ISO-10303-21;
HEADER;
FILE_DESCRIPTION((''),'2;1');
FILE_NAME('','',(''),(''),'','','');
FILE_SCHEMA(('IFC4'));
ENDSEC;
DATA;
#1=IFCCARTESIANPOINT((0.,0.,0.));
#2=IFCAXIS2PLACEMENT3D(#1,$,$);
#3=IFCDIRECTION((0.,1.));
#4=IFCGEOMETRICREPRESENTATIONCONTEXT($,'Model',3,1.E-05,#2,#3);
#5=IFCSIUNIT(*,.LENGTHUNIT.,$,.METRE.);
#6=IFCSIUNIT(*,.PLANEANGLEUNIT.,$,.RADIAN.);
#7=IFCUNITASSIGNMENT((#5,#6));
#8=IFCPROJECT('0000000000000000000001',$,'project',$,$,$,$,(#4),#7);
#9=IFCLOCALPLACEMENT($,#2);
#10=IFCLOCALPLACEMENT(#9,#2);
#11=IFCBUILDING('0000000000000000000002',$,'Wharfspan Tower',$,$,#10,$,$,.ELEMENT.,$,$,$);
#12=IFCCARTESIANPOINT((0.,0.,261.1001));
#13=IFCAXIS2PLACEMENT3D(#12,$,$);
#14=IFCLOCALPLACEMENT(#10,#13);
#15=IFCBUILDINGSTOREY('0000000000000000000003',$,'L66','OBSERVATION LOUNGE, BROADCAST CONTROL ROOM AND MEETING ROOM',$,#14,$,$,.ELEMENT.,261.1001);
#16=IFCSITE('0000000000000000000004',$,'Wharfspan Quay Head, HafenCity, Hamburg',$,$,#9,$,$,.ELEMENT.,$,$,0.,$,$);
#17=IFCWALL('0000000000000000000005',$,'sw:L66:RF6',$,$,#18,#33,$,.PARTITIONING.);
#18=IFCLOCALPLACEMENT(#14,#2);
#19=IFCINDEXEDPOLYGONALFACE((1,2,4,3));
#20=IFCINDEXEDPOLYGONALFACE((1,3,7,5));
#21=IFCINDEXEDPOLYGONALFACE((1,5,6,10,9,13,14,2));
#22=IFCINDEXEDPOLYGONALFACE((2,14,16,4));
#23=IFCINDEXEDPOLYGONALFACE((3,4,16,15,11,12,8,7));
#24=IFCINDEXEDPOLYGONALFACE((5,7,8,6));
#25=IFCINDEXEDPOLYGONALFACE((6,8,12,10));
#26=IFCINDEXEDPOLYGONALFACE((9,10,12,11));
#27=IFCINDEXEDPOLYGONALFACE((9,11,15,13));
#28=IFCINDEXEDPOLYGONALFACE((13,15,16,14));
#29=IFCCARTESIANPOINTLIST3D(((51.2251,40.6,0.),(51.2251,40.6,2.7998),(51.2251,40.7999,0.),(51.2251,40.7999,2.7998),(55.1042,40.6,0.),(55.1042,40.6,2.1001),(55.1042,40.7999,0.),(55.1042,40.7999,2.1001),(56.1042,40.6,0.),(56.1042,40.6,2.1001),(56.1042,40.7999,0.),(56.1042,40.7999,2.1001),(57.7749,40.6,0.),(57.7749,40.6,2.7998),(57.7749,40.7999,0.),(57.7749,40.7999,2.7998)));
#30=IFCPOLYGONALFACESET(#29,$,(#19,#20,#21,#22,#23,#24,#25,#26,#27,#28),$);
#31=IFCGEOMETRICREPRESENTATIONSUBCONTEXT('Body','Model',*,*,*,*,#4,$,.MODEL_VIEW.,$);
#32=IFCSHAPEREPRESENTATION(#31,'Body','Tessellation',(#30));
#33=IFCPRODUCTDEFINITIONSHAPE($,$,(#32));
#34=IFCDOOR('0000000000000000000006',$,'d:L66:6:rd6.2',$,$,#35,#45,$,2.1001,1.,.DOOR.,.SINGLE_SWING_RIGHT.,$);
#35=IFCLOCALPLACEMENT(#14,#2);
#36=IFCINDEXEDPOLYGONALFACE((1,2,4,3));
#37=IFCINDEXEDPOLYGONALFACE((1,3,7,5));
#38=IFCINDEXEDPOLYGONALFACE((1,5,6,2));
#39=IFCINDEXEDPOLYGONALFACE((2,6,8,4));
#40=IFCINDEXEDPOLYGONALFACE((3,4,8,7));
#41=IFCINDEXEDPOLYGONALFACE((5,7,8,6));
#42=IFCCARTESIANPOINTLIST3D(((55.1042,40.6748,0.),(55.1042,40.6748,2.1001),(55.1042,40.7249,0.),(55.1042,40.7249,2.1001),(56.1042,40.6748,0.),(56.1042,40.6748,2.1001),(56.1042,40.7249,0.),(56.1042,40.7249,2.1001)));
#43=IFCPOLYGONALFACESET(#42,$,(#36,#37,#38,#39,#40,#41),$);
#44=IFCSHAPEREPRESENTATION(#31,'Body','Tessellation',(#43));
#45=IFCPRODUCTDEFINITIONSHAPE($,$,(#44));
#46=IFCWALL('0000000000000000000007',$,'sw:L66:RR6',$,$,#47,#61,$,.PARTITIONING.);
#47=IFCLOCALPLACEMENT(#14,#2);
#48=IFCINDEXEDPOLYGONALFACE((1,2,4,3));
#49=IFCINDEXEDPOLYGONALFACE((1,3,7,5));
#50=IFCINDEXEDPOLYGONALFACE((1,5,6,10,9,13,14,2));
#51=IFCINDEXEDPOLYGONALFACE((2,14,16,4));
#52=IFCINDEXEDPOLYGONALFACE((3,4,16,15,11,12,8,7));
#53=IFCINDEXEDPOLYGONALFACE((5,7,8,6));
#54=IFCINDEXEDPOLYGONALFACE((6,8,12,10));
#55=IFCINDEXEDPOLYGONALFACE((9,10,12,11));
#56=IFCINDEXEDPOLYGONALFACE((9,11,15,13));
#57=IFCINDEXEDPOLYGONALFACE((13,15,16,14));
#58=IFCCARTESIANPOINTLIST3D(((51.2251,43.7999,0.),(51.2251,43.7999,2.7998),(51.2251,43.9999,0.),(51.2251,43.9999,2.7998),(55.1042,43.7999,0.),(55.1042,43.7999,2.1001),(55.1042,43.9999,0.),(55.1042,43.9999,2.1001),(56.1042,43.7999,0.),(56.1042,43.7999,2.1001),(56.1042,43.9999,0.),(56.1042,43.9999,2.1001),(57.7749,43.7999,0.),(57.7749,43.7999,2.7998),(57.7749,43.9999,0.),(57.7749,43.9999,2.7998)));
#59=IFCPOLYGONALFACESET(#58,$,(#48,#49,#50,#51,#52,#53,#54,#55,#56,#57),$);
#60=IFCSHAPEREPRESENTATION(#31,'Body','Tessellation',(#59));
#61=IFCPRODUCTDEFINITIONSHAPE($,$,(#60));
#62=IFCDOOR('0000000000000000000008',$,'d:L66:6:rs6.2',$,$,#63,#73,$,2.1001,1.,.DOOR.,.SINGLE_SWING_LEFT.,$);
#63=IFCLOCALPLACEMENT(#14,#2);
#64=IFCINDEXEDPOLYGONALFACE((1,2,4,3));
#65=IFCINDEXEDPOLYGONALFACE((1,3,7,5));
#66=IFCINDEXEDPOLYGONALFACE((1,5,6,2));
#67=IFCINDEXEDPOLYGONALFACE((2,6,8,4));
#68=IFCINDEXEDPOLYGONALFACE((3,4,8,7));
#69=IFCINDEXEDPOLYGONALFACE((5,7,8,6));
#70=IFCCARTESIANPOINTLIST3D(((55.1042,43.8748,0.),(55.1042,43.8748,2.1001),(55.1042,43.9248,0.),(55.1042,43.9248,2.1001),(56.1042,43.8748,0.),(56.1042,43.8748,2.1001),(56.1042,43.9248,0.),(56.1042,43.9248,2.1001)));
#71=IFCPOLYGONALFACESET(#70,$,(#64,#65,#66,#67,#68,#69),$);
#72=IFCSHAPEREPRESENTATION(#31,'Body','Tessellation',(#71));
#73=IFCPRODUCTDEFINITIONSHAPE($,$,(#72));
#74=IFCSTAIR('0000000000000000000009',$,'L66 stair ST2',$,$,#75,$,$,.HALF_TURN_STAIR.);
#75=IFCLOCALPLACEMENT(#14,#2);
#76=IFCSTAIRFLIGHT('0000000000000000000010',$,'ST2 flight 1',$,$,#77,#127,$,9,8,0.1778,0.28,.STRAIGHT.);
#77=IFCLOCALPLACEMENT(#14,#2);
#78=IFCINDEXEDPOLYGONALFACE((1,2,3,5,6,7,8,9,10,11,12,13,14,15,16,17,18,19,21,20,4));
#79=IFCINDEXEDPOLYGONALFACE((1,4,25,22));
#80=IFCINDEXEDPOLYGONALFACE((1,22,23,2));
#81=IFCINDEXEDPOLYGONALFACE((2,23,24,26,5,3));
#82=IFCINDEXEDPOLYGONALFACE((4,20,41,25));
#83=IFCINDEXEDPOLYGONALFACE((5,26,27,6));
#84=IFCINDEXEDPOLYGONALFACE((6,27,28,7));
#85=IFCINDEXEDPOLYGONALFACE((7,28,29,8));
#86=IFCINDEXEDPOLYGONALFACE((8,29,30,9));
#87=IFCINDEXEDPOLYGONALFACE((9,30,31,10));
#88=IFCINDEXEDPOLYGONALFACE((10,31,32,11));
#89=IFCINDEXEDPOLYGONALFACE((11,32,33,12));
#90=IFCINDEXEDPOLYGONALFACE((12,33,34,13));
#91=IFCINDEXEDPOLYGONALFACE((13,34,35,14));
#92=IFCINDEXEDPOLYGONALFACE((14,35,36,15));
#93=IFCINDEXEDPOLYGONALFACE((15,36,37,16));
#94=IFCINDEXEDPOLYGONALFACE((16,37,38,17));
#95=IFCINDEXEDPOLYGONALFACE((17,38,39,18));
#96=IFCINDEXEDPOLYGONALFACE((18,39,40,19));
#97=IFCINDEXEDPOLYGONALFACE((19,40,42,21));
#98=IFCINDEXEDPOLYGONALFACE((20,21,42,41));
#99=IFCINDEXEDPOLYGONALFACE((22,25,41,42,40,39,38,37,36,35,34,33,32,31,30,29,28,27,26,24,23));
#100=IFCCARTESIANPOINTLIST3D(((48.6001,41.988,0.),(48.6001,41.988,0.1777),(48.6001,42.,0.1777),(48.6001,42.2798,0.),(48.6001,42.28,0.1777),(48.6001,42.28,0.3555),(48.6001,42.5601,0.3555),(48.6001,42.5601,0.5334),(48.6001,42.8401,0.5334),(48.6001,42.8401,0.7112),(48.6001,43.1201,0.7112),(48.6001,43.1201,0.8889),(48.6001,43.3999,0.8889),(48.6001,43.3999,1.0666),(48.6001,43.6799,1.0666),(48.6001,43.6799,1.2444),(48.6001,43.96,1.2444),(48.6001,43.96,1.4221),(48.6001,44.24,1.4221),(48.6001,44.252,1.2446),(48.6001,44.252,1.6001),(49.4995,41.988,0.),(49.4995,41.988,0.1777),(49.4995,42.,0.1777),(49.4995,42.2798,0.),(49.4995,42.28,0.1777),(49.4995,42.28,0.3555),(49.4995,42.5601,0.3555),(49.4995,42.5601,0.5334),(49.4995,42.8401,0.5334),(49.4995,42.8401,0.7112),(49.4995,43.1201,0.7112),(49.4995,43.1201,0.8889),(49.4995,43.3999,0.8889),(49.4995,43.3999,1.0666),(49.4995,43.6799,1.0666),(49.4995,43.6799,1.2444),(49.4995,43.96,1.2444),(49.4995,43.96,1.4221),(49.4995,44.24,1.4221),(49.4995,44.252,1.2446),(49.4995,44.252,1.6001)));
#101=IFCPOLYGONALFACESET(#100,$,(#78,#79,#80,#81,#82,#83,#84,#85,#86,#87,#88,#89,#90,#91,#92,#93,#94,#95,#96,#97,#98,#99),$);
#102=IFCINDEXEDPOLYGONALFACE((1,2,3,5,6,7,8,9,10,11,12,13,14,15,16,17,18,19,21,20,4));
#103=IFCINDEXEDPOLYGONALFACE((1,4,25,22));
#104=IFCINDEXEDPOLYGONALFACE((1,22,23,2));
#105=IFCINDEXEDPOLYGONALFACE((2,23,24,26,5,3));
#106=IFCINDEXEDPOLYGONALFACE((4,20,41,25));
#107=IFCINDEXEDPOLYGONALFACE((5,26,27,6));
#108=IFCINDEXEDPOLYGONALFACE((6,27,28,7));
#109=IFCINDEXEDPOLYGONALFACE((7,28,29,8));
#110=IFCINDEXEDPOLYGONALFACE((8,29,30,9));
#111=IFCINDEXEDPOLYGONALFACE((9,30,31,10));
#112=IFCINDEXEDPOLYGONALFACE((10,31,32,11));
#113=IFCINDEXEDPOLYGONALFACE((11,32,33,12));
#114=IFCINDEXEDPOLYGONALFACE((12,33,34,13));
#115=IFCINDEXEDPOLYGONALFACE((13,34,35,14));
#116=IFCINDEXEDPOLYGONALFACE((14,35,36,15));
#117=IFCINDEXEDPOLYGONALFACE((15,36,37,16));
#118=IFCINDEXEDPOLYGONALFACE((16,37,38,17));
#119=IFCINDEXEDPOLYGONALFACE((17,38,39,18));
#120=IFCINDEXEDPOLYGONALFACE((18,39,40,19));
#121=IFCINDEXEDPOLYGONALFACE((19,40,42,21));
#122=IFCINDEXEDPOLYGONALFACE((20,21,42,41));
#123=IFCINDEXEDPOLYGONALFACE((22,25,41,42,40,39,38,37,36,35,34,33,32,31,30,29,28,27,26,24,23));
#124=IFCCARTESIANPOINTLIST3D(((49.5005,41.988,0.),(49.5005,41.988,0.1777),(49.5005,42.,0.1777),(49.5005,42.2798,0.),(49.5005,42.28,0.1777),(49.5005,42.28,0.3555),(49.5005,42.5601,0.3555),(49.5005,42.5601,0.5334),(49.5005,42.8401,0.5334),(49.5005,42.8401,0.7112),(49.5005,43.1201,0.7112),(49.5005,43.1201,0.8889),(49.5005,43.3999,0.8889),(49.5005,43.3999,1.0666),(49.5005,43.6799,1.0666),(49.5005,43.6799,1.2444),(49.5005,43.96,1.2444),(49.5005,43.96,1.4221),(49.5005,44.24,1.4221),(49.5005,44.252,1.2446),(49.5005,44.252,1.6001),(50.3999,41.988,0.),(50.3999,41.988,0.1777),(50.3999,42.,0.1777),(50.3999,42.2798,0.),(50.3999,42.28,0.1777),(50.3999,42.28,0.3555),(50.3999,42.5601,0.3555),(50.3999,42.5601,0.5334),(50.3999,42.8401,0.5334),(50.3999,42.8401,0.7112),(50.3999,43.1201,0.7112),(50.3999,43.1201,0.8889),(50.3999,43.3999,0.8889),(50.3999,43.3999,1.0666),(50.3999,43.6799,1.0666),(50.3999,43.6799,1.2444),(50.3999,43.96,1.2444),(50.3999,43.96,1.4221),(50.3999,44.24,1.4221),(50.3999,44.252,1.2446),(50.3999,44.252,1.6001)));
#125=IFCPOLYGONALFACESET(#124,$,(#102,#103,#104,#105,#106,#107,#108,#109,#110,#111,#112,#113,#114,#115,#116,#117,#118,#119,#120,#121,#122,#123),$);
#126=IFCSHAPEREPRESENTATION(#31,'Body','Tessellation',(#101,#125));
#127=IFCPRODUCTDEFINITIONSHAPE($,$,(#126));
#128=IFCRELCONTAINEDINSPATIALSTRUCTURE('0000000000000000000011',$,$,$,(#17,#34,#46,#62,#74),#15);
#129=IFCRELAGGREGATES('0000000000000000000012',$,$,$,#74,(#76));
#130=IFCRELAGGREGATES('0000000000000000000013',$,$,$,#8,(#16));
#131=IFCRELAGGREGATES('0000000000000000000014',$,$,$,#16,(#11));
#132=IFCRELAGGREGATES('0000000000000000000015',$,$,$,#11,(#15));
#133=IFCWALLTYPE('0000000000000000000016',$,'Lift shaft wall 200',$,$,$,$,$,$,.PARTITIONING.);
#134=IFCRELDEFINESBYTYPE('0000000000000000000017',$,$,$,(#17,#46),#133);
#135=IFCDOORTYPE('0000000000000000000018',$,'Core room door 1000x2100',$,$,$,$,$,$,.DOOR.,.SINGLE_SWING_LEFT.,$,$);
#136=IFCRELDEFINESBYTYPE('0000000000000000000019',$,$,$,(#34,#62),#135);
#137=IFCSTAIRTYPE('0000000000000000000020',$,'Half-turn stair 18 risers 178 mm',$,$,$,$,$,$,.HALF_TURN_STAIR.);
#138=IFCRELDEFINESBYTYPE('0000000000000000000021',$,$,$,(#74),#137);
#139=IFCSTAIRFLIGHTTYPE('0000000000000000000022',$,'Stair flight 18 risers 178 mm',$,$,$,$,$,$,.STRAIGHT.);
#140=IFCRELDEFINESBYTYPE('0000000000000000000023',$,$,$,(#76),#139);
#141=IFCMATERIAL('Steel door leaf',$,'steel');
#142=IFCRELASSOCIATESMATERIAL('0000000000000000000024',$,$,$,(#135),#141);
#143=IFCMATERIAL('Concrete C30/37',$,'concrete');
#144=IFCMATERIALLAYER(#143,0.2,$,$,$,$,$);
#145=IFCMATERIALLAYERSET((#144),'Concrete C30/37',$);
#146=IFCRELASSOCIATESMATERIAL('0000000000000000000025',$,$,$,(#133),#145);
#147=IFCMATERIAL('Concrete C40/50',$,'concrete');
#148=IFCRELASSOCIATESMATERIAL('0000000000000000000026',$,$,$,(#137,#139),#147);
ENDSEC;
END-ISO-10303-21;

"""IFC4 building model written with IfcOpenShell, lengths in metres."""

from ifc_helpers import new_model, si_unit, direction, frame, frame_2d, origin, place, context, subcontext, project, spatial, polyline, rectangle, outline, extrude, material, layer, layer_set, type_object, element, fill, aggregate, save


model = new_model("IFC4")

# Units and contexts
model_context = context("Model", 3, precision=1e-05, world=origin(), true_north=direction((0.0, 1.0)))
body_context = subcontext(model_context, "Body", "Model", "MODEL_VIEW")
ifc_project = project(units=[si_unit("LENGTHUNIT", "METRE"), si_unit("PLANEANGLEUNIT", "RADIAN")], contexts=[model_context])

# Site, building, storey
site_placement = place(None, origin())
site = spatial("IfcSite", under=ifc_project, at=site_placement, Name="Wharfspan Quay Head, HafenCity, Hamburg", CompositionType="ELEMENT", RefElevation=0.0)
building_placement = place(site_placement, origin())
building = spatial("IfcBuilding", under=site, at=building_placement, Name="Wharfspan Tower", CompositionType="ELEMENT")
storey_placement = place(building_placement, frame((0.0, 0.0, 261.1001)))
storey = spatial("IfcBuildingStorey", under=building, at=storey_placement, Name="L66", Description="OBSERVATION LOUNGE, BROADCAST CONTROL ROOM AND MEETING ROOM", CompositionType="ELEMENT", Elevation=261.1001)

# Walls, openings, doors
ifc_material_1 = material(Name="Steel door leaf", Category="steel")
door_type_1 = type_object("IfcDoorType", Name="Core room door 1000x2100", OperationType="SINGLE_SWING_LEFT", PredefinedType="DOOR", material=ifc_material_1)
ifc_material_2 = material(Name="Concrete C30/37", Category="concrete")
ifc_layer_1 = layer(ifc_material_2, 0.2)
ifc_layer_set_1 = layer_set([ifc_layer_1], Name="Concrete C30/37")
wall_type_1 = type_object("IfcWallType", Name="Lift shaft wall 200", PredefinedType="PARTITIONING", material=ifc_layer_set_1)
wall_1_placement = place(storey_placement, frame((51.2251, 40.7, 0.0), z_axis=(0.0, 0.0, 1.0), x_axis=(1.0, 0.0, 0.0)))
wall_1 = element("IfcWall", 1, at=wall_1_placement, inside=storey, type_object=wall_type_1, Name="sw:L66:RF6", PredefinedType="PARTITIONING", context=body_context, shape_type="SweptSolid", body=[
    extrude(rectangle(XDim=6.5498, YDim=0.2, at=frame_2d((3.2749, 0.0))), origin(), (0.0, 0.0, 1.0), 2.7998),
])
opening_1_placement = place(wall_1_placement, frame((3.8792, 0.0, 0.0)))
opening_1 = element("IfcOpeningElement", 2, at=opening_1_placement, cuts=wall_1, PredefinedType="OPENING", context=body_context, shape_type="SweptSolid", body=[
    extrude(rectangle(XDim=1.0, YDim=2.1001, at=frame_2d((0.5, 1.05))), frame((0.0, 0.1099, 0.0), z_axis=(0.0, -1.0, 0.0), x_axis=(1.0, 0.0, 0.0)), (0.0, 0.0, 1.0), 0.22),
])
door_1_placement = place(opening_1_placement, origin())
door_1 = element("IfcDoor", 3, at=door_1_placement, inside=storey, type_object=door_type_1, Name="d:L66:6:rd6.2", OperationType="SINGLE_SWING_RIGHT", OverallHeight=2.1001, OverallWidth=1.0, PredefinedType="DOOR", context=body_context, shape_type="SweptSolid", body=[
    extrude(rectangle(XDim=1.0, YDim=2.1001, at=frame_2d((0.5, 1.05))), frame((0.0, 0.0249, 0.0), z_axis=(0.0, -1.0, 0.0), x_axis=(1.0, 0.0, 0.0)), (0.0, 0.0, 1.0), 0.05),
])
fill(opening_1, door_1)
wall_2_placement = place(storey_placement, frame((51.2251, 43.8999, 0.0), z_axis=(0.0, 0.0, 1.0), x_axis=(1.0, 0.0, 0.0)))
wall_2 = element("IfcWall", 4, at=wall_2_placement, inside=storey, type_object=wall_type_1, Name="sw:L66:RR6", PredefinedType="PARTITIONING", context=body_context, shape_type="SweptSolid", body=[
    extrude(rectangle(XDim=6.5498, YDim=0.2, at=frame_2d((3.2749, 0.0))), origin(), (0.0, 0.0, 1.0), 2.7998),
])
opening_2_placement = place(wall_2_placement, frame((3.8792, 0.0, 0.0)))
opening_2 = element("IfcOpeningElement", 5, at=opening_2_placement, cuts=wall_2, PredefinedType="OPENING", context=body_context, shape_type="SweptSolid", body=[
    extrude(rectangle(XDim=1.0, YDim=2.1001, at=frame_2d((0.5, 1.05))), frame((0.0, 0.1099, 0.0), z_axis=(0.0, -1.0, 0.0), x_axis=(1.0, 0.0, 0.0)), (0.0, 0.0, 1.0), 0.22),
])
door_2_placement = place(opening_2_placement, origin())
door_2 = element("IfcDoor", 6, at=door_2_placement, inside=storey, type_object=door_type_1, Name="d:L66:6:rs6.2", OperationType="SINGLE_SWING_LEFT", OverallHeight=2.1001, OverallWidth=1.0, PredefinedType="DOOR", context=body_context, shape_type="SweptSolid", body=[
    extrude(rectangle(XDim=1.0, YDim=2.1001, at=frame_2d((0.5, 1.05))), frame((0.0, 0.0249, 0.0), z_axis=(0.0, -1.0, 0.0), x_axis=(1.0, 0.0, 0.0)), (0.0, 0.0, 1.0), 0.05),
])
fill(opening_2, door_2)

# Stair, stair flight
ifc_material_3 = material(Name="Concrete C40/50", Category="concrete")
stair_type = type_object("IfcStairType", Name="Half-turn stair 18 risers 178 mm", PredefinedType="HALF_TURN_STAIR", material=ifc_material_3)
stair_placement = place(storey_placement, origin())
stair = element("IfcStair", 7, at=stair_placement, inside=storey, type_object=stair_type, Name="L66 stair ST2", PredefinedType="HALF_TURN_STAIR")
stair_flight_type = type_object("IfcStairFlightType", Name="Stair flight 18 risers 178 mm", PredefinedType="STRAIGHT", material=ifc_material_3)
stair_flight_1_placement = place(storey_placement, frame((49.5, 42.0, 0.0), z_axis=(0.0, 0.0, 1.0), x_axis=(0.0, 1.0, 0.0)))
stair_flight_1 = element("IfcStairFlight", 8, at=stair_flight_1_placement, type_object=stair_flight_type, Name="ST2 flight 1", NumberOfRisers=9, NumberOfTreads=8, PredefinedType="STRAIGHT", RiserHeight=0.1778, TreadLength=0.28, context=body_context, shape_type="SweptSolid", body=[
    extrude(outline(polyline([(-0.012, 0.0), (-0.012, 0.1777), (0.0, 0.1777), (0.28, 0.1777), (0.28, 0.3555), (0.5601, 0.3555), (0.5601, 0.5334), (0.8401, 0.5334), (0.8401, 0.7112), (1.1201, 0.7112), (1.1201, 0.8889), (1.3999, 0.8889), (1.3999, 1.0667), (1.6799, 1.0667), (1.6799, 1.2444), (1.96, 1.2444), (1.96, 1.4221), (2.24, 1.4221), (2.252, 1.6001), (2.252, 1.2446), (0.2798, 0.0), (-0.012, 0.0)])), frame((0.0, 0.8999, 0.0), z_axis=(0.0, -1.0, 0.0), x_axis=(1.0, 0.0, 0.0)), (0.0, 0.0, 1.0), 0.8994),
    extrude(outline(polyline([(-0.012, 0.0), (-0.012, 0.1777), (0.0, 0.1777), (0.28, 0.1777), (0.28, 0.3555), (0.5601, 0.3555), (0.5601, 0.5334), (0.8401, 0.5334), (0.8401, 0.7112), (1.1201, 0.7112), (1.1201, 0.8889), (1.3999, 0.8889), (1.3999, 1.0667), (1.6799, 1.0667), (1.6799, 1.2444), (1.96, 1.2444), (1.96, 1.4221), (2.24, 1.4221), (2.252, 1.6001), (2.252, 1.2446), (0.2798, 0.0), (-0.012, 0.0)])), frame((0.0, -0.0005, 0.0), z_axis=(0.0, -1.0, 0.0), x_axis=(1.0, 0.0, 0.0)), (0.0, 0.0, 1.0), 0.8994),
])
aggregate(stair, [stair_flight_1])

save(model, "model.ifc")
